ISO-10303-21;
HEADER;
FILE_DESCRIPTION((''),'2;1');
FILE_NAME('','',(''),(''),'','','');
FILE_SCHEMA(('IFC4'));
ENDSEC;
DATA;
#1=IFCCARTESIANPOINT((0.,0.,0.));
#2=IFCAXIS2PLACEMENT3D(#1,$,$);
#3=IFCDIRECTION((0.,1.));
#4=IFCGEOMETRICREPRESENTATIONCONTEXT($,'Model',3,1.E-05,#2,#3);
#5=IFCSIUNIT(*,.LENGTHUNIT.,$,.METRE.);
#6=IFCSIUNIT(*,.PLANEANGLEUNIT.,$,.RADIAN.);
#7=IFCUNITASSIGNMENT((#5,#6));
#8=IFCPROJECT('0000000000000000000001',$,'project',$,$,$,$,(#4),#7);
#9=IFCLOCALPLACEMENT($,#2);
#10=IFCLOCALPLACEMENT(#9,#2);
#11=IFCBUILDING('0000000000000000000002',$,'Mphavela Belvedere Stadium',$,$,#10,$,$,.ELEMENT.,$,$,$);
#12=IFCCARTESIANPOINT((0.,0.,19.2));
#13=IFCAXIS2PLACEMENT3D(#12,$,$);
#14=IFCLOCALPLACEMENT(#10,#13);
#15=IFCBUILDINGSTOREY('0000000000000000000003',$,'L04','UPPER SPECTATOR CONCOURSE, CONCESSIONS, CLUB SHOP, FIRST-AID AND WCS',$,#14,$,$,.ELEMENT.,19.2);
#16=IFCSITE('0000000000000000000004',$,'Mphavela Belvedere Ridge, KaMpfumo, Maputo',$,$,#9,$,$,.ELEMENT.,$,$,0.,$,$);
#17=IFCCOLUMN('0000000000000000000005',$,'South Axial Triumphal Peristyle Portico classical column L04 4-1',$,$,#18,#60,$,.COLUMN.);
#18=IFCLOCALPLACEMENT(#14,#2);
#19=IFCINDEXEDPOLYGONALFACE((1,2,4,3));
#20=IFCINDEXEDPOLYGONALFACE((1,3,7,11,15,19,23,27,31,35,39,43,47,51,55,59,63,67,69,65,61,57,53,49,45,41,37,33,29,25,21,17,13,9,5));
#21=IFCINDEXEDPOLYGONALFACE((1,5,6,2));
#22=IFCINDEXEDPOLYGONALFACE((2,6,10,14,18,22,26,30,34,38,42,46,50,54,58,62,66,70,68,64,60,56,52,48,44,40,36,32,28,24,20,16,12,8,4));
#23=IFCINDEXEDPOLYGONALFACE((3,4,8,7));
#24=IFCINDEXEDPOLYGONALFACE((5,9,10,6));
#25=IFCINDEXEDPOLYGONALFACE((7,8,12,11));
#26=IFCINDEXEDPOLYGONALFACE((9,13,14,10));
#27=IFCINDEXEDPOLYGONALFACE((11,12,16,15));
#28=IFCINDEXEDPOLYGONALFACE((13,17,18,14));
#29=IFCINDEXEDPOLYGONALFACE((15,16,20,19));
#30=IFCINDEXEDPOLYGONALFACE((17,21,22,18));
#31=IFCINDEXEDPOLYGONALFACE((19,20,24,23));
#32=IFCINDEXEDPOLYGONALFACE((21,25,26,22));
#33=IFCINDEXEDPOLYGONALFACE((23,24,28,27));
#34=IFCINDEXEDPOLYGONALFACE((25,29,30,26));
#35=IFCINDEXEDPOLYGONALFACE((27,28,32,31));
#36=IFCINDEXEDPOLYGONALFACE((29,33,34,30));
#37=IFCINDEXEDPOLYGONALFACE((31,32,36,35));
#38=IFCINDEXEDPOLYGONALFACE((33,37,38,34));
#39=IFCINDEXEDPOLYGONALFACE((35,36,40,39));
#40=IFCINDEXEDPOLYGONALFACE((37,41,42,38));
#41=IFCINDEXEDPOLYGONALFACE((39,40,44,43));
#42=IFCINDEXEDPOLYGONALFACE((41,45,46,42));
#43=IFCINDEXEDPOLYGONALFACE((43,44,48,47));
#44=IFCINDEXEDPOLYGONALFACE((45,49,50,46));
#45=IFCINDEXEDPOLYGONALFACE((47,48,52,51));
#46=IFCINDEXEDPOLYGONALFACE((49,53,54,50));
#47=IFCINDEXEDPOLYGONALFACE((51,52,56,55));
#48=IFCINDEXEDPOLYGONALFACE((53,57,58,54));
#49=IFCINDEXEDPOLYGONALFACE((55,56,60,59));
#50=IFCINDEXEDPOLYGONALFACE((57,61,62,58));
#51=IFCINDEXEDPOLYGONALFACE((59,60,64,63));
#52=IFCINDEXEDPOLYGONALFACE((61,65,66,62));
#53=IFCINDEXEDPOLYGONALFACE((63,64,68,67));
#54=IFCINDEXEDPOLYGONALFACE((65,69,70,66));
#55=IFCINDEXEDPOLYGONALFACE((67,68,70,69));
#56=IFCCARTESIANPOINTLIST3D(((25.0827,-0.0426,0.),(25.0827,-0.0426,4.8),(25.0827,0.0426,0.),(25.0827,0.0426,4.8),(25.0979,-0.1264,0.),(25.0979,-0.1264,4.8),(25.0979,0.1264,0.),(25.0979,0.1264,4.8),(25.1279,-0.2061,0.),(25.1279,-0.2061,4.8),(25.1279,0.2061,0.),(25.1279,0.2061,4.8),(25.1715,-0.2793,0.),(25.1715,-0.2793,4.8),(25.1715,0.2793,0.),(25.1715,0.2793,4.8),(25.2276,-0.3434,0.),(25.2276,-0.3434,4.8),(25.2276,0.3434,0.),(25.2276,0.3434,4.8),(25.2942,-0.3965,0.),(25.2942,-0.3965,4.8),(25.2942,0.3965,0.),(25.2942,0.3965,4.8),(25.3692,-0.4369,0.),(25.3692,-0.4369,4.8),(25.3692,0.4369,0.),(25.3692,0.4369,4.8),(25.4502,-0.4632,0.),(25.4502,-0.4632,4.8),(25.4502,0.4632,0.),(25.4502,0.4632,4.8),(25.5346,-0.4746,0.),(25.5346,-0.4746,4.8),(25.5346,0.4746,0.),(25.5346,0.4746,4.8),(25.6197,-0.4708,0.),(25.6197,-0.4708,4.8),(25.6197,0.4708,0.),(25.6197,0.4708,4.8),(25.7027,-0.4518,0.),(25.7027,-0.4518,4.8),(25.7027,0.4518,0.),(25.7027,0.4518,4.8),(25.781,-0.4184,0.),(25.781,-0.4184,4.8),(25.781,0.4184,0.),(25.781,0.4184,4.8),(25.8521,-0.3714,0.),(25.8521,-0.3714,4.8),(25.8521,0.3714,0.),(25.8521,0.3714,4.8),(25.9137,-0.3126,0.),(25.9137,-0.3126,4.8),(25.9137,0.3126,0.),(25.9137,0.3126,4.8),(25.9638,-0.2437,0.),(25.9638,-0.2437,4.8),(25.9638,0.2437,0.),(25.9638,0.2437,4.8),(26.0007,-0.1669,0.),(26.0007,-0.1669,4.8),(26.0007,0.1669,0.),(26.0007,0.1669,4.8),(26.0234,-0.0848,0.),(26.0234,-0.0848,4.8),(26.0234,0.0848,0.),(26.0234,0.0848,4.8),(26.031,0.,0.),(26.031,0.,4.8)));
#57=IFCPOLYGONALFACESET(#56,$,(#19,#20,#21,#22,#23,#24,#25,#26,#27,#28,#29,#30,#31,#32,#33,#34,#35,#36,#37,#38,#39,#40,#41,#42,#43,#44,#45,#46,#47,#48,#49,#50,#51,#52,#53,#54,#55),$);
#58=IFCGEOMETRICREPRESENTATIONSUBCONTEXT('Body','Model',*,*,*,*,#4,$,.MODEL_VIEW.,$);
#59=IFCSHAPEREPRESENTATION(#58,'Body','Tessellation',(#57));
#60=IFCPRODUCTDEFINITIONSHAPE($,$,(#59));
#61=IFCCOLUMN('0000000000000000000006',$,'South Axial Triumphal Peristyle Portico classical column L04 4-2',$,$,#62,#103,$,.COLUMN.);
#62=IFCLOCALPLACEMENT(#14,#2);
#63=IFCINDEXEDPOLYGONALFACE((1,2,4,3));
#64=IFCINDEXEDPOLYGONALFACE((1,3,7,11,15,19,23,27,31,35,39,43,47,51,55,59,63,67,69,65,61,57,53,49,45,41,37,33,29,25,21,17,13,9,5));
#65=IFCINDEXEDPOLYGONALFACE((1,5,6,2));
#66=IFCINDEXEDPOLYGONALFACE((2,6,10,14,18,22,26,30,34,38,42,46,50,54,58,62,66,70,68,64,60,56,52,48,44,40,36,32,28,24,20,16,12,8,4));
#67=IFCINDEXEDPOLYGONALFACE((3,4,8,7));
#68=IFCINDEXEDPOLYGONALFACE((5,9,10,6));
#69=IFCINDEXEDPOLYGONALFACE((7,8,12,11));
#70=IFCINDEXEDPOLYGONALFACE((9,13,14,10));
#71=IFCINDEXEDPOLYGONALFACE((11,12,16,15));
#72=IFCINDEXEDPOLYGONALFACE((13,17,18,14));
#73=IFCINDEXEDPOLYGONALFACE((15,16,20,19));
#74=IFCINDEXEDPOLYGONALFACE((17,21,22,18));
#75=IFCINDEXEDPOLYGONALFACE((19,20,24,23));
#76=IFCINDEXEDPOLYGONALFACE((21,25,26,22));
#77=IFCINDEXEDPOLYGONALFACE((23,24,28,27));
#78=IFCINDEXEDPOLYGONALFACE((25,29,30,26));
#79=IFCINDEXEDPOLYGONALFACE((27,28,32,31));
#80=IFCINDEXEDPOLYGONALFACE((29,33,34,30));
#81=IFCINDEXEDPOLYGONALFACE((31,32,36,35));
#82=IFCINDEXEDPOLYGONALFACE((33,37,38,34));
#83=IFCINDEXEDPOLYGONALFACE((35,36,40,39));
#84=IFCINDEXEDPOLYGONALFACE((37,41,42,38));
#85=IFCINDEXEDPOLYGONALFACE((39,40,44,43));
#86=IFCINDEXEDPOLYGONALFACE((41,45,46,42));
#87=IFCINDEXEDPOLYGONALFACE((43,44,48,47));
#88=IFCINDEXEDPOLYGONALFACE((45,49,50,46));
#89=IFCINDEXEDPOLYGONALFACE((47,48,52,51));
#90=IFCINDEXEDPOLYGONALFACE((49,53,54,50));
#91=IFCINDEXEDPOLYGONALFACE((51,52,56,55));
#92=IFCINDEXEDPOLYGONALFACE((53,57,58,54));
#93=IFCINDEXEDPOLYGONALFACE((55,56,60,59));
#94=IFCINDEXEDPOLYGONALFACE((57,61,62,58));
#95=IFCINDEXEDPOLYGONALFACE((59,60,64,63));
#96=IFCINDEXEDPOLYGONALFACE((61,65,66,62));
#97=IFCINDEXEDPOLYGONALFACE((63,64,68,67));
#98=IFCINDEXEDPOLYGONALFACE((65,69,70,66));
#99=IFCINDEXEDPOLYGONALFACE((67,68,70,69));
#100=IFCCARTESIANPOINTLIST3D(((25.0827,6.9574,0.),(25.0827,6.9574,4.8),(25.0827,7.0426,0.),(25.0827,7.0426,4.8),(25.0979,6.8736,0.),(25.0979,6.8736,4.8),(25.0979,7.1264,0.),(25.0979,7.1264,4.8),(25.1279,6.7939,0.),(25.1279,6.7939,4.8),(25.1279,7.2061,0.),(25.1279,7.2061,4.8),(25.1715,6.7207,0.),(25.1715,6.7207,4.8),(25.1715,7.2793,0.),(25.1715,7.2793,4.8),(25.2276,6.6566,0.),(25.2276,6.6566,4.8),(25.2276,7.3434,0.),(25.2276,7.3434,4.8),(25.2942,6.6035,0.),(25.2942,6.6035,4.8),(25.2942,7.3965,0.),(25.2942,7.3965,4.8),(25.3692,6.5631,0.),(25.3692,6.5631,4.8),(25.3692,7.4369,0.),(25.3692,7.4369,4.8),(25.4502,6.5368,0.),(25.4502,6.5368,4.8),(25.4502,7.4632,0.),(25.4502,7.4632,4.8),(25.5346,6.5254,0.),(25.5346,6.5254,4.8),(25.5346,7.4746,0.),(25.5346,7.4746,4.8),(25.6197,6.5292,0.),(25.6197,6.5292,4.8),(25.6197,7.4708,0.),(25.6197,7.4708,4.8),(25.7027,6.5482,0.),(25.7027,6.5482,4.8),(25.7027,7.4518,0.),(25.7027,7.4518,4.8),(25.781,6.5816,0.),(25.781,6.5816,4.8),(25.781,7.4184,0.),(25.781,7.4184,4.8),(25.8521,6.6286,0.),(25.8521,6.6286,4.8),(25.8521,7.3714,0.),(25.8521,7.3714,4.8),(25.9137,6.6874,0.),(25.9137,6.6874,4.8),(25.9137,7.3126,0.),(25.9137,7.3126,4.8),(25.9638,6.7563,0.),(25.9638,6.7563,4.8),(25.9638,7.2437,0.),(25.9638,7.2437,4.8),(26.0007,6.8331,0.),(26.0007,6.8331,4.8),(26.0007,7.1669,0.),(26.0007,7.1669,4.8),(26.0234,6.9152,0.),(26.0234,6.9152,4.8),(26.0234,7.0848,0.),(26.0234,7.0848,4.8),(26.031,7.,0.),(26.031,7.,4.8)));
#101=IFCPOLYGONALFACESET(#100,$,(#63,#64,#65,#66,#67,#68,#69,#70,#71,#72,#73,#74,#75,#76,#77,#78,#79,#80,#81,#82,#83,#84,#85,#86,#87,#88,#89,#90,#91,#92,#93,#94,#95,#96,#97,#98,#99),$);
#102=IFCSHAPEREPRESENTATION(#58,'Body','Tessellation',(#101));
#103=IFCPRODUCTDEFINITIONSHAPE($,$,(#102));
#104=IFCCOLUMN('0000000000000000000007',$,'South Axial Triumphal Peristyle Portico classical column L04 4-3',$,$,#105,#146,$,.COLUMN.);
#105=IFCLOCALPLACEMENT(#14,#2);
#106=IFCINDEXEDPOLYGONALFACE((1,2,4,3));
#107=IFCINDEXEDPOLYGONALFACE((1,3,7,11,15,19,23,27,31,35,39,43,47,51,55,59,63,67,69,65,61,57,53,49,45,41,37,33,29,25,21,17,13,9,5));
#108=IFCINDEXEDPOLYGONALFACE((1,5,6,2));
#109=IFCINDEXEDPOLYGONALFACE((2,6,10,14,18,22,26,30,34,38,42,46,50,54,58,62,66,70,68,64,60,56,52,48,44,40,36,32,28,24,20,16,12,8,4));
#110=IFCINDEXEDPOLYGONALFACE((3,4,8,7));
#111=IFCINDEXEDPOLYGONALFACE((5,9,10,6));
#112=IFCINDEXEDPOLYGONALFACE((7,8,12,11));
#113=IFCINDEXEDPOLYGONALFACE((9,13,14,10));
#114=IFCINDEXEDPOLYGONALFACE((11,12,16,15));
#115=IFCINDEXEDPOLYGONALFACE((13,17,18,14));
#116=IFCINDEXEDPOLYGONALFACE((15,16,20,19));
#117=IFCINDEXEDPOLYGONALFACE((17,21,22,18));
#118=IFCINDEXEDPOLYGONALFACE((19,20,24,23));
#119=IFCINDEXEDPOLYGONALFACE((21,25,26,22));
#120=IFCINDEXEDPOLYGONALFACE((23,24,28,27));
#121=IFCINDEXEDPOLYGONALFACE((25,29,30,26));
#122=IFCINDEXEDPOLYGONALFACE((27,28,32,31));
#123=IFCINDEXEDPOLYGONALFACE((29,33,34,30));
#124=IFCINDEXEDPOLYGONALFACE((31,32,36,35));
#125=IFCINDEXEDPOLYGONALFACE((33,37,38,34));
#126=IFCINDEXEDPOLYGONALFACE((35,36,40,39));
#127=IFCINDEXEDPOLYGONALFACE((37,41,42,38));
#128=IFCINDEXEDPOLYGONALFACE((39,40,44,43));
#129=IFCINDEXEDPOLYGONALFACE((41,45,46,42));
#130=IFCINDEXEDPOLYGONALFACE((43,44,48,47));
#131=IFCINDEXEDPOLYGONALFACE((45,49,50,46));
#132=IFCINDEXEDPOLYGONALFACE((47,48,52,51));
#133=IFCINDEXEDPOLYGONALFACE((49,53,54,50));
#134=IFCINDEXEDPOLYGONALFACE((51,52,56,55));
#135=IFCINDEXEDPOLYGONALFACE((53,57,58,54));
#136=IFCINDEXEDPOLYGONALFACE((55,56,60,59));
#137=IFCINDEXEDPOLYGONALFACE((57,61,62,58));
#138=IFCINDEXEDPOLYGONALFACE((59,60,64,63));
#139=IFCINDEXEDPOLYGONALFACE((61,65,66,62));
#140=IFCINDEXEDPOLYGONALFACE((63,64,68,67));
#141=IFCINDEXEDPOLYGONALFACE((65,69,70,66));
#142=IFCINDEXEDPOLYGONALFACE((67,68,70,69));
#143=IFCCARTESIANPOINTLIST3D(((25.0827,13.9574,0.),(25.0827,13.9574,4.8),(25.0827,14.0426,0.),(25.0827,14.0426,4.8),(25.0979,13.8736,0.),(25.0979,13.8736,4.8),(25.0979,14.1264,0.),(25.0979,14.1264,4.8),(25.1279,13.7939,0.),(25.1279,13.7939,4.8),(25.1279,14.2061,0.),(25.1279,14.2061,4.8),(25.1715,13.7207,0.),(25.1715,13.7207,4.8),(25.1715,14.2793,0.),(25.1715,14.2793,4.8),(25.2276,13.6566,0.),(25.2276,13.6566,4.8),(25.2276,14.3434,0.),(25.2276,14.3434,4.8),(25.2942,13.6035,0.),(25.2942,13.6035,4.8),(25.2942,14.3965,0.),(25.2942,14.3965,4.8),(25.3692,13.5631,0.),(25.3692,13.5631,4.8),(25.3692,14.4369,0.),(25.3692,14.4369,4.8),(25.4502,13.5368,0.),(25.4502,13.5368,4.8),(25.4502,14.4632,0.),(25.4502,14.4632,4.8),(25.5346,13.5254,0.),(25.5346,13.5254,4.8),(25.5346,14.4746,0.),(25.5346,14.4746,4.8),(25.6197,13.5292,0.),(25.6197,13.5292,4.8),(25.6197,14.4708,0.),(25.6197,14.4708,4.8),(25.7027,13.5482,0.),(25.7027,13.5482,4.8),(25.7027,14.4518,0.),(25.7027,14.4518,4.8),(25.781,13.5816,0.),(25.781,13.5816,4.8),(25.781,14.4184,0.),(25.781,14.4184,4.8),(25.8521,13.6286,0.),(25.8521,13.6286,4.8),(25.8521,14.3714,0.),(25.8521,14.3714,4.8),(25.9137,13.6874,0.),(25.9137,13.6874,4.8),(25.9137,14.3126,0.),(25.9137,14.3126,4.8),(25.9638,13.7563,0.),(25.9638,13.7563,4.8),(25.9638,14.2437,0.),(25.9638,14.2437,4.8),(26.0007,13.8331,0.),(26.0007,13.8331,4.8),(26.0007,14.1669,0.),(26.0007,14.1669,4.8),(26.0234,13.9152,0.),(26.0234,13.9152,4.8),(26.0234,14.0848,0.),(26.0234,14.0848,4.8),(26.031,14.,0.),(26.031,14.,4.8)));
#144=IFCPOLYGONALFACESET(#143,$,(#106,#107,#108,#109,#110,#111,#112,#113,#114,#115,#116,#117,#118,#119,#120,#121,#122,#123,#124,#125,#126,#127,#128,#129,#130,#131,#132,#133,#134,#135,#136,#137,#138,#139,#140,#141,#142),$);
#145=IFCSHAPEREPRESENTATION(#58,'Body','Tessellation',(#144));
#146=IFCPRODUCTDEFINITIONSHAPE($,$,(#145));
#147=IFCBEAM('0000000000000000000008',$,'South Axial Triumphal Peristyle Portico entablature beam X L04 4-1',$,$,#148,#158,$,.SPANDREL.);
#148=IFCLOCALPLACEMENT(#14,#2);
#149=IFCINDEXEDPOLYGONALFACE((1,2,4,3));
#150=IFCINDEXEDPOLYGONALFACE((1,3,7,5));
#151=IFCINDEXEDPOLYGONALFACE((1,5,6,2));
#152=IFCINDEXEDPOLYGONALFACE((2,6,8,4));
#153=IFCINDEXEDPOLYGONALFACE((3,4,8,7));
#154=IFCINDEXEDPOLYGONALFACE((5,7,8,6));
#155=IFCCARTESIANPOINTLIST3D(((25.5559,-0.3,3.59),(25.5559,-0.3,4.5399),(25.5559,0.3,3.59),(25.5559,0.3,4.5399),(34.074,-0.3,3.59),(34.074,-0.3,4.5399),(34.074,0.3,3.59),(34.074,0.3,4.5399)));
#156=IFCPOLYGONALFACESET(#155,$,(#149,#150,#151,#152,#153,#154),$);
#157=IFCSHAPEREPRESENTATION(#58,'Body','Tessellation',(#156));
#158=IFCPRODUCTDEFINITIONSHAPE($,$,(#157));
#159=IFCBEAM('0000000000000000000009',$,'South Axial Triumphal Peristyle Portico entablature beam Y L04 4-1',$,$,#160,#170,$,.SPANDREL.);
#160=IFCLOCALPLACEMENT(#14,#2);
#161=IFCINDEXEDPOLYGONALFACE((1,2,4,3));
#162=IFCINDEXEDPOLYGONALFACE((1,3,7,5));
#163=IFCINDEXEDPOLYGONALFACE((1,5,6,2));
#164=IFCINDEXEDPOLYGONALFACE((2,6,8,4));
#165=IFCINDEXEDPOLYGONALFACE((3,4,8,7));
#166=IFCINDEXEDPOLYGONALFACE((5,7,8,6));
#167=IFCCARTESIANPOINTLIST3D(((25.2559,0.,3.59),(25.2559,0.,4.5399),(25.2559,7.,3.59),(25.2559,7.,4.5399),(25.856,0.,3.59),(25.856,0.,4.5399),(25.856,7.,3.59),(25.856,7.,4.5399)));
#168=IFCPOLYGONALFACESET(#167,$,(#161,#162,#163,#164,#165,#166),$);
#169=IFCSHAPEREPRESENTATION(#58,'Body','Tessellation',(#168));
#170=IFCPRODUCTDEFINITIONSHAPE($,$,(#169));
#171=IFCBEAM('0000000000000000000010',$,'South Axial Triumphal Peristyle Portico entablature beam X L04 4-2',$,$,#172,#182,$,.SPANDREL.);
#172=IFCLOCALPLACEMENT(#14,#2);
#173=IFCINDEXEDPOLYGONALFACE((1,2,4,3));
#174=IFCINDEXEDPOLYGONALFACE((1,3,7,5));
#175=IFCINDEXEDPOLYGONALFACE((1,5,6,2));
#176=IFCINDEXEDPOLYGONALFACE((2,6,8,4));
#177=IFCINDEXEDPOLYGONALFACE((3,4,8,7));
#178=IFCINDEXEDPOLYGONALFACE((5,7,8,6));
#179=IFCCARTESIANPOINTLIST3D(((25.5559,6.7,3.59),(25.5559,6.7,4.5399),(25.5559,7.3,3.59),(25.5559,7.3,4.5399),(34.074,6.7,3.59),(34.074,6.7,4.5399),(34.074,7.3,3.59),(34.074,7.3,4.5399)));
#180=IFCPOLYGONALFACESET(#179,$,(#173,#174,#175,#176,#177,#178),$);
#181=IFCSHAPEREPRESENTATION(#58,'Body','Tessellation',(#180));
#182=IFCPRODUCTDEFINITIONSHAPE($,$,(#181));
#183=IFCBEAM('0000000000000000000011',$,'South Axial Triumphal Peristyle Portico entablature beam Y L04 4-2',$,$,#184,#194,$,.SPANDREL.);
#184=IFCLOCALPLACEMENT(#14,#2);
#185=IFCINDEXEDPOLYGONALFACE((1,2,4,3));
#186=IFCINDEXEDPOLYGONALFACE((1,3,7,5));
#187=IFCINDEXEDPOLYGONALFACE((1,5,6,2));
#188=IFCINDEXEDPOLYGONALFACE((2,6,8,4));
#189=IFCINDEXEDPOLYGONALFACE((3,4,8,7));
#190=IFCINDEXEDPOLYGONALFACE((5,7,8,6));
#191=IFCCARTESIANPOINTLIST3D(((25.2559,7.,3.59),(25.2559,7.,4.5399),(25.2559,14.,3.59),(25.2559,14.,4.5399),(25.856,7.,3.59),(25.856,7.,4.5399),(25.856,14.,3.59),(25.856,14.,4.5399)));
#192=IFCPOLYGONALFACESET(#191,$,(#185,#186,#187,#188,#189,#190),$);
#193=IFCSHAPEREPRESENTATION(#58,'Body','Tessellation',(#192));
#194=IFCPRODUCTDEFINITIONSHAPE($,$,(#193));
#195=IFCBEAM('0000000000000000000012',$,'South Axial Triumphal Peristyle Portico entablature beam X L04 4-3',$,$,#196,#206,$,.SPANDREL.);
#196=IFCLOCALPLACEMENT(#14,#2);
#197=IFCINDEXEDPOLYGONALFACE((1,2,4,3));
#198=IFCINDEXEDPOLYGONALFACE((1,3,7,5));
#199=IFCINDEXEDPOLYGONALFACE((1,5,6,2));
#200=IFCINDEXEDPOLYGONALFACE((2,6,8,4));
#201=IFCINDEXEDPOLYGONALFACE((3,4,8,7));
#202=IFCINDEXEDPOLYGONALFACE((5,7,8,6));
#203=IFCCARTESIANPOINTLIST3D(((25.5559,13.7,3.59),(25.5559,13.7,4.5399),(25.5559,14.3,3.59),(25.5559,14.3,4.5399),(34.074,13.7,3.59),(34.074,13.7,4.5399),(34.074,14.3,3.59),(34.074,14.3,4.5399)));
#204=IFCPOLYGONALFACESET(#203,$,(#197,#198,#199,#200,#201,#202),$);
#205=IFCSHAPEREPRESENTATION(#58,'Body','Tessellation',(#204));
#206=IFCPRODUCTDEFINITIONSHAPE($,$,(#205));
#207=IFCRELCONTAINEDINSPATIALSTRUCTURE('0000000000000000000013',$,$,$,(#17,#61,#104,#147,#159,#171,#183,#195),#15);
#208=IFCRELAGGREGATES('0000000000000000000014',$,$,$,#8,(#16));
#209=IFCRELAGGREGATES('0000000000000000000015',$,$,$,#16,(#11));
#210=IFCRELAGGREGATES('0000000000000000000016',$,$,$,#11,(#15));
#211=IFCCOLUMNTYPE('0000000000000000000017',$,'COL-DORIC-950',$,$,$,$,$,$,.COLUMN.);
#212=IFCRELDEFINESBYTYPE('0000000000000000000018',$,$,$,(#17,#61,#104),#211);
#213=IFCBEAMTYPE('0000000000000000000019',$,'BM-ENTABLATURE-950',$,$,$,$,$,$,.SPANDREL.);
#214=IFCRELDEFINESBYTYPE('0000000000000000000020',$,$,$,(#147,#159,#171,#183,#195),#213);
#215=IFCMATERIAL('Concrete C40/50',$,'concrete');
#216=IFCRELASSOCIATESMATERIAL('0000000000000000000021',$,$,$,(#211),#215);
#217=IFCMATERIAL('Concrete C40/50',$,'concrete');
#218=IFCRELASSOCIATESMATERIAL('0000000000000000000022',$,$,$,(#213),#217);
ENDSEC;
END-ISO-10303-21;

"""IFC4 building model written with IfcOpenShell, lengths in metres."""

from ifc_helpers import new_model, si_unit, direction, frame, origin, origin_2d, place, context, subcontext, project, spatial, rectangle, circle, extrude, material, material_profile, profile_set, type_object, element, save


model = new_model("IFC4")

# Units and contexts
model_context = context("Model", 3, precision=1e-05, world=origin(), true_north=direction((0.0, 1.0)))
body_context = subcontext(model_context, "Body", "Model", "MODEL_VIEW")
ifc_project = project(units=[si_unit("LENGTHUNIT", "METRE"), si_unit("PLANEANGLEUNIT", "RADIAN")], contexts=[model_context])

# Site, building, storey
site_placement = place(None, origin())
site = spatial("IfcSite", under=ifc_project, at=site_placement, Name="Mphavela Belvedere Ridge, KaMpfumo, Maputo", CompositionType="ELEMENT", RefElevation=0.0)
building_placement = place(site_placement, origin())
building = spatial("IfcBuilding", under=site, at=building_placement, Name="Mphavela Belvedere Stadium", CompositionType="ELEMENT")
storey_placement = place(building_placement, frame((0.0, 0.0, 19.2)))
storey = spatial("IfcBuildingStorey", under=building, at=storey_placement, Name="L04", Description="UPPER SPECTATOR CONCOURSE, CONCESSIONS, CLUB SHOP, FIRST-AID AND WCS", CompositionType="ELEMENT", Elevation=19.2)

# Columns
ifc_material_1 = material(Name="Concrete C40/50", Category="concrete")
ifc_material_profile_1 = material_profile(ifc_material_1, circle(Radius=0.4751, at=origin_2d()), Name="COL D950")
ifc_profile_set_1 = profile_set([ifc_material_profile_1], Name="Concrete C40/50")
column_type = type_object("IfcColumnType", Name="COL-DORIC-950", PredefinedType="COLUMN", material=ifc_profile_set_1)
for number, where, z_axis, x_axis, name in (
    (1, (25.5559, 0.0, 0.0), (0.0, 0.0, 1.0), (1.0, 0.0, 0.0), "South Axial Triumphal Peristyle Portico classical column L04 4-1"),
    (2, (25.5559, 7.0, 0.0), (0.0, 0.0, 1.0), (1.0, 0.0, 0.0), "South Axial Triumphal Peristyle Portico classical column L04 4-2"),
    (3, (25.5559, 14.0, 0.0), (0.0, 0.0, 1.0), (1.0, 0.0, 0.0), "South Axial Triumphal Peristyle Portico classical column L04 4-3"),
):
    element("IfcColumn", number, at=place(storey_placement, frame(where, z_axis=z_axis, x_axis=x_axis)), inside=storey, type_object=column_type, Name=name, PredefinedType="COLUMN", context=body_context, shape_type="SweptSolid", body=[
        extrude(circle(Radius=0.4751, at=origin_2d()), origin(), (0.0, 0.0, 1.0), 4.8),
    ])

# Beams
ifc_material_2 = material(Name="Concrete C40/50", Category="concrete")
ifc_material_profile_2 = material_profile(ifc_material_2, rectangle(XDim=0.6001, YDim=0.95, at=origin_2d()), Name="RC 600x950")
ifc_profile_set_2 = profile_set([ifc_material_profile_2], Name="Concrete C40/50")
beam_type_1 = type_object("IfcBeamType", Name="BM-ENTABLATURE-950", PredefinedType="SPANDREL", material=ifc_profile_set_2)
beam_1_placement = place(storey_placement, frame((25.5559, 0.0, 4.0649), z_axis=(1.0, 0.0, 0.0), x_axis=(0.0, 1.0, 0.0)))
element("IfcBeam", 4, at=beam_1_placement, inside=storey, type_object=beam_type_1, Name="South Axial Triumphal Peristyle Portico entablature beam X L04 4-1", PredefinedType="SPANDREL", context=body_context, shape_type="SweptSolid", body=[
    extrude(rectangle(XDim=0.6001, YDim=0.95, at=origin_2d()), origin(), (0.0, 0.0, 1.0), 8.5181),
])
beam_2_placement = place(storey_placement, frame((25.5559, 0.0, 4.0649), z_axis=(0.0, 1.0, 0.0), x_axis=(-1.0, 0.0, 0.0)))
element("IfcBeam", 5, at=beam_2_placement, inside=storey, type_object=beam_type_1, Name="South Axial Triumphal Peristyle Portico entablature beam Y L04 4-1", PredefinedType="SPANDREL", context=body_context, shape_type="SweptSolid", body=[
    extrude(rectangle(XDim=0.6001, YDim=0.95, at=origin_2d()), origin(), (0.0, 0.0, 1.0), 7.0),
])
beam_3_placement = place(storey_placement, frame((25.5559, 7.0, 4.0649), z_axis=(1.0, 0.0, 0.0), x_axis=(0.0, 1.0, 0.0)))
element("IfcBeam", 6, at=beam_3_placement, inside=storey, type_object=beam_type_1, Name="South Axial Triumphal Peristyle Portico entablature beam X L04 4-2", PredefinedType="SPANDREL", context=body_context, shape_type="SweptSolid", body=[
    extrude(rectangle(XDim=0.6001, YDim=0.95, at=origin_2d()), origin(), (0.0, 0.0, 1.0), 8.5181),
])
beam_4_placement = place(storey_placement, frame((25.5559, 7.0, 4.0649), z_axis=(0.0, 1.0, 0.0), x_axis=(-1.0, 0.0, 0.0)))
element("IfcBeam", 7, at=beam_4_placement, inside=storey, type_object=beam_type_1, Name="South Axial Triumphal Peristyle Portico entablature beam Y L04 4-2", PredefinedType="SPANDREL", context=body_context, shape_type="SweptSolid", body=[
    extrude(rectangle(XDim=0.6001, YDim=0.95, at=origin_2d()), origin(), (0.0, 0.0, 1.0), 7.0),
])
beam_5_placement = place(storey_placement, frame((25.5559, 14.0, 4.0649), z_axis=(1.0, 0.0, 0.0), x_axis=(0.0, 1.0, 0.0)))
element("IfcBeam", 8, at=beam_5_placement, inside=storey, type_object=beam_type_1, Name="South Axial Triumphal Peristyle Portico entablature beam X L04 4-3", PredefinedType="SPANDREL", context=body_context, shape_type="SweptSolid", body=[
    extrude(rectangle(XDim=0.6001, YDim=0.95, at=origin_2d()), origin(), (0.0, 0.0, 1.0), 8.5181),
])

save(model, "model.ifc")
